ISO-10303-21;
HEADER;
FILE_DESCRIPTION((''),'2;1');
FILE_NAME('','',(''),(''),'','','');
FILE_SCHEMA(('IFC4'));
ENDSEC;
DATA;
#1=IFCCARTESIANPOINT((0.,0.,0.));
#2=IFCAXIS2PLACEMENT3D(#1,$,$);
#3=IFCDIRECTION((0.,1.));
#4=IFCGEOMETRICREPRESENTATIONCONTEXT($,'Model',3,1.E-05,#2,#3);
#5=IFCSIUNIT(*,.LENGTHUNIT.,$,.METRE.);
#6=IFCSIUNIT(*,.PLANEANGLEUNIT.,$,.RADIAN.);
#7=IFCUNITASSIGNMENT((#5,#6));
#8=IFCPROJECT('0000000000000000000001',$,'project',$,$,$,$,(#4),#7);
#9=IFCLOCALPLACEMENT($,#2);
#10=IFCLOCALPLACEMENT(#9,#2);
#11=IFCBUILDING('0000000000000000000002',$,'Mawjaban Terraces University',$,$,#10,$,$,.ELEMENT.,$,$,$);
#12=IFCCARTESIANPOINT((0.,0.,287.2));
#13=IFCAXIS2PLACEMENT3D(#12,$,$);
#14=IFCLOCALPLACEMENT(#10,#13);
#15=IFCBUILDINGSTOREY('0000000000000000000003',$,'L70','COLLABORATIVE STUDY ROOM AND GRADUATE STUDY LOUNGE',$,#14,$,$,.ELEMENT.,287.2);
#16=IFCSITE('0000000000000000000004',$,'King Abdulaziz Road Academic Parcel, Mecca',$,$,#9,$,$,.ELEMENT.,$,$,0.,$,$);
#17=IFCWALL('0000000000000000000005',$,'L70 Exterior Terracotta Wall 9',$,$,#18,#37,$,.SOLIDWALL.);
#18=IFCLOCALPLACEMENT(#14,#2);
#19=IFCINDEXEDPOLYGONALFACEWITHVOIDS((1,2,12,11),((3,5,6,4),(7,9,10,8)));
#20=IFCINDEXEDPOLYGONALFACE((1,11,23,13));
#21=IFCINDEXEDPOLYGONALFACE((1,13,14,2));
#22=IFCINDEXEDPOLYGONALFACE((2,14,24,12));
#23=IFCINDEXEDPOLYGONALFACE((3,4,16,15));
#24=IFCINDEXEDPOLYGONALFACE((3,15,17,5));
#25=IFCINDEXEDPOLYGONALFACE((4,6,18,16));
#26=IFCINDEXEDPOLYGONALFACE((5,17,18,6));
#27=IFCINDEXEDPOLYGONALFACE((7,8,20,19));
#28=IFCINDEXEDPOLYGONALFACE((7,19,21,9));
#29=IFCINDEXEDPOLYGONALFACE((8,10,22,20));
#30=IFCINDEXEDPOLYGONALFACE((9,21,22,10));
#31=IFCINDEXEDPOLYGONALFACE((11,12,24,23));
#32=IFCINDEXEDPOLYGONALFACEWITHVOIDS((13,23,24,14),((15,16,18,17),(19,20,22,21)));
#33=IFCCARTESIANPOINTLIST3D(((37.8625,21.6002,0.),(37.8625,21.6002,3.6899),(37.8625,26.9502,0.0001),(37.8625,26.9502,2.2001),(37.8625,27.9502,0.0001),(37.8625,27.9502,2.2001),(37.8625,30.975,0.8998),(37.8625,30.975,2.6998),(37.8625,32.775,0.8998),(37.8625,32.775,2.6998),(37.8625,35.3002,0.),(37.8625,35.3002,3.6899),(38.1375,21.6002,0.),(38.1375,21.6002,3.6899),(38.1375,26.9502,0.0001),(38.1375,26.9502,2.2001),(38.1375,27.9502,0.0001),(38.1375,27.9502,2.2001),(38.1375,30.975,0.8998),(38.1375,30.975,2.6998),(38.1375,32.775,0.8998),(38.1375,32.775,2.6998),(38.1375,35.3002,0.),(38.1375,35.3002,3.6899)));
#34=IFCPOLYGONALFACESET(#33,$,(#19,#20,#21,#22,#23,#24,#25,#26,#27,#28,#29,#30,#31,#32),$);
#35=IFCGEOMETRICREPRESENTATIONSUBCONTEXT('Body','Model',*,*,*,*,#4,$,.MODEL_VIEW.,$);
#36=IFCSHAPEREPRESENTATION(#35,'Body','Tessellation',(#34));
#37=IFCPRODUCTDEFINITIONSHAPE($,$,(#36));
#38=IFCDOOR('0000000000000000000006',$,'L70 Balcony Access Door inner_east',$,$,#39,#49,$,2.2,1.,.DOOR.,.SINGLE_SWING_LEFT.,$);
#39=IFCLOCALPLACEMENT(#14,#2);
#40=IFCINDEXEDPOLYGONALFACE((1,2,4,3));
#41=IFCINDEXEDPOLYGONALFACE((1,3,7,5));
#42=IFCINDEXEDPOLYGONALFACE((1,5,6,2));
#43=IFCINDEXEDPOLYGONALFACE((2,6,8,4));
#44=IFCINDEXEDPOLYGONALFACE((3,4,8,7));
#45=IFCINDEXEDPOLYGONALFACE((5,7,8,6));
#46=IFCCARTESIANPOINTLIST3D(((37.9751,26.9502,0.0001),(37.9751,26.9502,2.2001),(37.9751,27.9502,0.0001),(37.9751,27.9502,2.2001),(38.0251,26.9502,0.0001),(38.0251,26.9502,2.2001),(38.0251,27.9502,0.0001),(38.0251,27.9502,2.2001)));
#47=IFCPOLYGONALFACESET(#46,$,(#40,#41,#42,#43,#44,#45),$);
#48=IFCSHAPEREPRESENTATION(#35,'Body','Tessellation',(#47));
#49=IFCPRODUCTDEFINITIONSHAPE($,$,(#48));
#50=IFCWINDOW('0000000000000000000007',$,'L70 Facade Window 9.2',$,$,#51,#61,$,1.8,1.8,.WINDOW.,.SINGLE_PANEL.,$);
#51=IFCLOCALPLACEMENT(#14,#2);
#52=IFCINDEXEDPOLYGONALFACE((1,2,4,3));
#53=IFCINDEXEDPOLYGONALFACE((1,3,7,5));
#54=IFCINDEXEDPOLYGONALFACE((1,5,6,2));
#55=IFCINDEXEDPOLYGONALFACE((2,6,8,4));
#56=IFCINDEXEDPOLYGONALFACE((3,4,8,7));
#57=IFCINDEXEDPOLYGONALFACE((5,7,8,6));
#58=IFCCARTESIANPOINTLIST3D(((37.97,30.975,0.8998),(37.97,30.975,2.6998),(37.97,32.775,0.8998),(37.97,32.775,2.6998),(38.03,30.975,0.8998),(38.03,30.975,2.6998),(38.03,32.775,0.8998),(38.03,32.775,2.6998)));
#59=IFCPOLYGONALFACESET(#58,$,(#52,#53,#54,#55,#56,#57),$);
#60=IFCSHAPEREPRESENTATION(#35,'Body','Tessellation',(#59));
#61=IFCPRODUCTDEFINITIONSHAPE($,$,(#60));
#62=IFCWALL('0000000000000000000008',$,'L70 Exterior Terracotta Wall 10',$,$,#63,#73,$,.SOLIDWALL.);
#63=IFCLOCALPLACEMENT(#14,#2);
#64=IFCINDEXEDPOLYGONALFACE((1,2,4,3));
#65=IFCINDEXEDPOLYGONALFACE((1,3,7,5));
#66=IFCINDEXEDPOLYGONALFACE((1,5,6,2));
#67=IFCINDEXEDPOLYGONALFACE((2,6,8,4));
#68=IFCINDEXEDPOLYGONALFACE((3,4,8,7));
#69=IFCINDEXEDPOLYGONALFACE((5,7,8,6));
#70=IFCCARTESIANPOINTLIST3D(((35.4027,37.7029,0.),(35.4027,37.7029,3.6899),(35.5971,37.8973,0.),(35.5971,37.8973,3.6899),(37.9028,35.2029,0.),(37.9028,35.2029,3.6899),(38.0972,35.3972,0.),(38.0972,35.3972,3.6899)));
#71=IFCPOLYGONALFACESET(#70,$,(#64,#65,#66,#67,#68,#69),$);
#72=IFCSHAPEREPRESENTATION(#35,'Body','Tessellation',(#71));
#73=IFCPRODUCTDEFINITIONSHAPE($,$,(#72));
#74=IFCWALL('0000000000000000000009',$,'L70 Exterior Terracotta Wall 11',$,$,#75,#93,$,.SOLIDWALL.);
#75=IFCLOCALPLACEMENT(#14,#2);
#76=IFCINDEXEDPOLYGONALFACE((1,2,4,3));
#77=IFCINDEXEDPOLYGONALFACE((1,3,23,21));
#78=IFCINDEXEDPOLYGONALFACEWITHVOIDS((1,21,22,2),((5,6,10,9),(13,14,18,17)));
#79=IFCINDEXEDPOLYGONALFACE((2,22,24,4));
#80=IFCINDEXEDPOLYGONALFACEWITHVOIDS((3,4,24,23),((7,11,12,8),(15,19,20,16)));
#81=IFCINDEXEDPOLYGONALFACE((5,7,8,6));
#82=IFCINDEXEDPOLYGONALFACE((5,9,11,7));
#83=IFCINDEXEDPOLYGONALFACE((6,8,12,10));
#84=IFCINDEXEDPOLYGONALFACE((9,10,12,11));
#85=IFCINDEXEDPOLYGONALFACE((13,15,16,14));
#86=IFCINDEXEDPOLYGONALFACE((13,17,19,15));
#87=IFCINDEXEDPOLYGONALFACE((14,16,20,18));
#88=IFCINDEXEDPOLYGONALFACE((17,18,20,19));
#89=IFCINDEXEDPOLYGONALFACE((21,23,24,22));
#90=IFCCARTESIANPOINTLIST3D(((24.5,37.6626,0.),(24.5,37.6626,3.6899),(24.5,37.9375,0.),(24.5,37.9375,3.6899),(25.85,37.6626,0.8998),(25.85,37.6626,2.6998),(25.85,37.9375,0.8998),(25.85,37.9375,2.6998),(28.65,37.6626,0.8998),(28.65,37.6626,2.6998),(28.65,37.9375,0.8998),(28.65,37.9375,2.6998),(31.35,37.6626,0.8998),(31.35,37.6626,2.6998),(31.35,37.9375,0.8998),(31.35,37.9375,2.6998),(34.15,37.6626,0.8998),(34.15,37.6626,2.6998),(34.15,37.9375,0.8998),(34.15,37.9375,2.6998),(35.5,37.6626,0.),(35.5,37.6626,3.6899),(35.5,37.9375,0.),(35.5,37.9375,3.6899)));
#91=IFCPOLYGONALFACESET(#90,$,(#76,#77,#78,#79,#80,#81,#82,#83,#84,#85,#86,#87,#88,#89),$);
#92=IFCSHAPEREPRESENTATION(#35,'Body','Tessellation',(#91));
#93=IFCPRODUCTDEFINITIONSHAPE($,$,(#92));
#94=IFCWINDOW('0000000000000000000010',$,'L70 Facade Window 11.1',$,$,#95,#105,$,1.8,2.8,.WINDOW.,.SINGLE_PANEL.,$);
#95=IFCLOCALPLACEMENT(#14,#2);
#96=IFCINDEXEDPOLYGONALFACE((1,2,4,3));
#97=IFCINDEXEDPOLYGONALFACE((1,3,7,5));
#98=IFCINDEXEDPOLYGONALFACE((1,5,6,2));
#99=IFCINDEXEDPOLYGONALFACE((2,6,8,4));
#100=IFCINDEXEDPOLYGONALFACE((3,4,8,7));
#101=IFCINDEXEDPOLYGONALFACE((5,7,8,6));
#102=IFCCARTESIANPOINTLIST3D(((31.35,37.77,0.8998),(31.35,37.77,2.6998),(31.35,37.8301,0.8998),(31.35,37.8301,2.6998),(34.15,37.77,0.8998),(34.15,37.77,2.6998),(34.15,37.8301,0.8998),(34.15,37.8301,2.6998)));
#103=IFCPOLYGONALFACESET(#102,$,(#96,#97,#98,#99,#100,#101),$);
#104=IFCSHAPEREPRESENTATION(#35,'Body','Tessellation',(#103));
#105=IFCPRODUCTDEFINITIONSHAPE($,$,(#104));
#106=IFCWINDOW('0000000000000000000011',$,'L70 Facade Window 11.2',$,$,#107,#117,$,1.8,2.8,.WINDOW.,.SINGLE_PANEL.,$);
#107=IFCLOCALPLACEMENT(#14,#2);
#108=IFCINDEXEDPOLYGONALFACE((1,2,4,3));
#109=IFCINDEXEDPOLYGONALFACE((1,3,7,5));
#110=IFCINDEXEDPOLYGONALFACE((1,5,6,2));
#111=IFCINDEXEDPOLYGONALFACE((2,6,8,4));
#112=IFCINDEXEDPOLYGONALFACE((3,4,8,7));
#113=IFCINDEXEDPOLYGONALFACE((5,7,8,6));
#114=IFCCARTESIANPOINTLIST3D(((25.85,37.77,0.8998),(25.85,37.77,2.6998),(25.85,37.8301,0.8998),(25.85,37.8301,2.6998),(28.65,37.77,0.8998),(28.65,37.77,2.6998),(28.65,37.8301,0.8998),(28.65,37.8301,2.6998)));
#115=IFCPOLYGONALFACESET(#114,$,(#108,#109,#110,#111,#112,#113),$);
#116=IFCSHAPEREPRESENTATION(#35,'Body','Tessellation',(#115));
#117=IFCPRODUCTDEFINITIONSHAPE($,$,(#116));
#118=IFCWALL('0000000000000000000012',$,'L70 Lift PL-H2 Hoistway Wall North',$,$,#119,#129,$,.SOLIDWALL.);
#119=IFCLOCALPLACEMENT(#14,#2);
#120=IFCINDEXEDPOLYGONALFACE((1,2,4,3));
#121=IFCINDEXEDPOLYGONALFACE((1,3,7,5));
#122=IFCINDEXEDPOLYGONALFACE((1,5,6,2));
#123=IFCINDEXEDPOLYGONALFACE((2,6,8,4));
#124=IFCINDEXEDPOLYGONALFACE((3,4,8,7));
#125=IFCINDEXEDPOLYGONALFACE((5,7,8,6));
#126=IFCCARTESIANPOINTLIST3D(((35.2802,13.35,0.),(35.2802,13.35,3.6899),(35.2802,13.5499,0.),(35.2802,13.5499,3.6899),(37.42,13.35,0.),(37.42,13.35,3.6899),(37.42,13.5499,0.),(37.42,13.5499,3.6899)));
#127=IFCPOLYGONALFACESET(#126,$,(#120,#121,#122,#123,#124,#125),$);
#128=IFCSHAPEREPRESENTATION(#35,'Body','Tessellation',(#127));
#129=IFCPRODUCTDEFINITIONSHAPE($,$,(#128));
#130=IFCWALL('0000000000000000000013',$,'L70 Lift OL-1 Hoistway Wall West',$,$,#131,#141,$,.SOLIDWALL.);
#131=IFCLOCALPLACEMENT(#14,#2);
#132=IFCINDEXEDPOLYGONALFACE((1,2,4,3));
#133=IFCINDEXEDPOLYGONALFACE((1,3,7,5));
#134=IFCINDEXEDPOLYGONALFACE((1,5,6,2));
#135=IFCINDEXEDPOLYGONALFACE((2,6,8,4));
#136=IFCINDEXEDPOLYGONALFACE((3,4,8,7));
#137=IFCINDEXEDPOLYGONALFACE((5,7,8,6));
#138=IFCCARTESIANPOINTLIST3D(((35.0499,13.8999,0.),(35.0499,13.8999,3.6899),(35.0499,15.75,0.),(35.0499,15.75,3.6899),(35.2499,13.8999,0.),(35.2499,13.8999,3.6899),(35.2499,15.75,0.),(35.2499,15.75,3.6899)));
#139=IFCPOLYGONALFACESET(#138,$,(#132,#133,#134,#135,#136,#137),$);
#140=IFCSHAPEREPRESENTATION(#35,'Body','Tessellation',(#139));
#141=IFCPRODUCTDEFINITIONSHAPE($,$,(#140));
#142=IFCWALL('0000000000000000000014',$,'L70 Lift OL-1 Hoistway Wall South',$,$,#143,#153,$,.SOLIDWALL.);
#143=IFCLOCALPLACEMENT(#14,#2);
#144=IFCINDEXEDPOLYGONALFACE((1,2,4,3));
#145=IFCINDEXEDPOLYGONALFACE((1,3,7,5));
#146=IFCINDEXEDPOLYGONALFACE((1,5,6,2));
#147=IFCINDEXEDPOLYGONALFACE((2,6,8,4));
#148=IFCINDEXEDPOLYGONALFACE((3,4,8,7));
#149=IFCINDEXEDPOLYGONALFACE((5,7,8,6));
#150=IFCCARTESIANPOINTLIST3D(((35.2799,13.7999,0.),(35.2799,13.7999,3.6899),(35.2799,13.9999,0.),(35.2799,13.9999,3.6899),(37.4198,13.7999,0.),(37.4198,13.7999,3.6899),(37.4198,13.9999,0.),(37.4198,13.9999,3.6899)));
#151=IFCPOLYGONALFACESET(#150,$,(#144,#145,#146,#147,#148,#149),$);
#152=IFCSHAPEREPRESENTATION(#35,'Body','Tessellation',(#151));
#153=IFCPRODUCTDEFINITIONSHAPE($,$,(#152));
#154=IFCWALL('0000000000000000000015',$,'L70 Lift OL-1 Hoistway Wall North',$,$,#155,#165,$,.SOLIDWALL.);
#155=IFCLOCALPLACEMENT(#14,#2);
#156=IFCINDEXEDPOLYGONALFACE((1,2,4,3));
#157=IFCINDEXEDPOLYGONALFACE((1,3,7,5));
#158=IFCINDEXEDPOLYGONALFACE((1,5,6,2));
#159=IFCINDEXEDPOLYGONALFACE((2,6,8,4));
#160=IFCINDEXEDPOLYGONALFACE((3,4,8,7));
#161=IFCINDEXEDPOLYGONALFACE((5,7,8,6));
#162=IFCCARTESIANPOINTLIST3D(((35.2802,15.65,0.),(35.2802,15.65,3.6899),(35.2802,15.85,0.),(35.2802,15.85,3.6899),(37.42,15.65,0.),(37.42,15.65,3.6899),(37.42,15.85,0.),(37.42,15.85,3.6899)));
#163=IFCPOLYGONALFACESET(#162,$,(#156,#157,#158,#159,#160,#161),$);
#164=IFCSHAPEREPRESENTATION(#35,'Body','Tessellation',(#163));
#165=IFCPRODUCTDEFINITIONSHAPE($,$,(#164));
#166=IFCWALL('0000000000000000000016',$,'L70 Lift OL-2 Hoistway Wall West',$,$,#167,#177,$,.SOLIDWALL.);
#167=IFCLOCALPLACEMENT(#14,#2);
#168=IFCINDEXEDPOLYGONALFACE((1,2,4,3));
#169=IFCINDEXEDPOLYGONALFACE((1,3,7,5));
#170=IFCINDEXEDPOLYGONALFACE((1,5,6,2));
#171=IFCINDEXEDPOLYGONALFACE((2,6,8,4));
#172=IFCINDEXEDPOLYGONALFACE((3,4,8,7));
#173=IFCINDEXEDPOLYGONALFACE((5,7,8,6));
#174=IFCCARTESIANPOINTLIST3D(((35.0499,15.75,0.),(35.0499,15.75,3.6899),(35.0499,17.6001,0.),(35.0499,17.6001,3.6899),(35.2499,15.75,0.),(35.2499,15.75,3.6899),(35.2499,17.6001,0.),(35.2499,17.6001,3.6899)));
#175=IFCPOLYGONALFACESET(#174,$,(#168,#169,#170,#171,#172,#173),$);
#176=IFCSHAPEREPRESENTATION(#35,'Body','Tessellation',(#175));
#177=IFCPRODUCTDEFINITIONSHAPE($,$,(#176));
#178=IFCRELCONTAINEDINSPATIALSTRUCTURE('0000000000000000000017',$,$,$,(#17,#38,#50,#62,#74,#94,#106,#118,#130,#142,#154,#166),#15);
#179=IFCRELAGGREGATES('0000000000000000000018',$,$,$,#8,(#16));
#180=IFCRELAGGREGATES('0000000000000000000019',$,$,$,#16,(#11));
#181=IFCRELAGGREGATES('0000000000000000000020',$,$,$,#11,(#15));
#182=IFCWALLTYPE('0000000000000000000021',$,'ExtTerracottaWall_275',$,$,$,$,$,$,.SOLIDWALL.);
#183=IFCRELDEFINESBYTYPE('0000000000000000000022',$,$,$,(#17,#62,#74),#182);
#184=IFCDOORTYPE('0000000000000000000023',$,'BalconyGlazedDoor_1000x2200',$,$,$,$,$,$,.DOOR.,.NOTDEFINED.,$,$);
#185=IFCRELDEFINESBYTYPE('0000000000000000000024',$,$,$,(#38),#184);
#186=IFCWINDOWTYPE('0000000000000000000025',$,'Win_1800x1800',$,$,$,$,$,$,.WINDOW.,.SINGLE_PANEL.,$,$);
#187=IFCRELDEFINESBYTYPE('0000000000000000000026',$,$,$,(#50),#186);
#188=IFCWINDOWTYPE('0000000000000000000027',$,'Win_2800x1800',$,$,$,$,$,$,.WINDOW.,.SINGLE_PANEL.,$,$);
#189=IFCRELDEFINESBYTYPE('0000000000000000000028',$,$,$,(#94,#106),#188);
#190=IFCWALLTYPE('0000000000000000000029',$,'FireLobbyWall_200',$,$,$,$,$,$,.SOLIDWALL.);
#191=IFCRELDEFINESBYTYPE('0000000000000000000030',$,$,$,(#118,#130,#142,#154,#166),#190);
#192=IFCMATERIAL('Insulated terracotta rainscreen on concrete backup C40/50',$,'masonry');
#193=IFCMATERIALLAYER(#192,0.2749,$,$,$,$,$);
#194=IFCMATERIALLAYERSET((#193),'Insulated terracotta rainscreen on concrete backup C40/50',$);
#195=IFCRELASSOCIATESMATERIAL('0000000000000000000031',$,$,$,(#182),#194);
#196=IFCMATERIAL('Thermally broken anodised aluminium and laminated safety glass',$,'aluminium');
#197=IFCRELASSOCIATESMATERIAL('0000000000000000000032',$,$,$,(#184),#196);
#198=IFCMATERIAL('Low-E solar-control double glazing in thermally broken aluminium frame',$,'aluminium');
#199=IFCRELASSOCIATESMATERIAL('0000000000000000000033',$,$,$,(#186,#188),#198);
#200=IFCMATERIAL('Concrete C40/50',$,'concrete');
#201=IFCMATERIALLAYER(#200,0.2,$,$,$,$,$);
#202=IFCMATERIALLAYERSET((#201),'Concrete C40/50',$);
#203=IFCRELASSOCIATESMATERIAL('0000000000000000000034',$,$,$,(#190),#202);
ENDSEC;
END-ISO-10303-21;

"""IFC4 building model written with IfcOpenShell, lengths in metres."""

from ifc_helpers import new_model, si_unit, direction, frame, frame_2d, origin, place, context, subcontext, project, spatial, rectangle, extrude, material, layer, layer_set, type_object, element, fill, save


model = new_model("IFC4")

# Units and contexts
model_context = context("Model", 3, precision=1e-05, world=origin(), true_north=direction((0.0, 1.0)))
body_context = subcontext(model_context, "Body", "Model", "MODEL_VIEW")
ifc_project = project(units=[si_unit("LENGTHUNIT", "METRE"), si_unit("PLANEANGLEUNIT", "RADIAN")], contexts=[model_context])

# Site, building, storey
site_placement = place(None, origin())
site = spatial("IfcSite", under=ifc_project, at=site_placement, Name="King Abdulaziz Road Academic Parcel, Mecca", CompositionType="ELEMENT", RefElevation=0.0)
building_placement = place(site_placement, origin())
building = spatial("IfcBuilding", under=site, at=building_placement, Name="Mawjaban Terraces University", CompositionType="ELEMENT")
storey_placement = place(building_placement, frame((0.0, 0.0, 287.2)))
storey = spatial("IfcBuildingStorey", under=building, at=storey_placement, Name="L70", Description="COLLABORATIVE STUDY ROOM AND GRADUATE STUDY LOUNGE", CompositionType="ELEMENT", Elevation=287.2)

# Wall, openings, door, window
ifc_material_1 = material(Name="Insulated terracotta rainscreen on concrete backup C40/50", Category="masonry")
ifc_layer_1 = layer(ifc_material_1, 0.2749)
ifc_layer_set_1 = layer_set([ifc_layer_1], Name="Insulated terracotta rainscreen on concrete backup C40/50")
wall_type_1 = type_object("IfcWallType", Name="ExtTerracottaWall_275", PredefinedType="SOLIDWALL", material=ifc_layer_set_1)
wall_1_placement = place(storey_placement, frame((38.0, 21.6001, 0.0), z_axis=(0.0, 0.0, 1.0), x_axis=(0.0, 1.0, 0.0)))
wall_1 = element("IfcWall", 1, at=wall_1_placement, inside=storey, type_object=wall_type_1, Name="L70 Exterior Terracotta Wall 9", PredefinedType="SOLIDWALL", context=body_context, shape_type="SweptSolid", body=[
    extrude(rectangle(XDim=13.7, YDim=0.2749, at=frame_2d((6.8501, 0.0))), origin(), (0.0, 0.0, 1.0), 3.6899),
])
opening_1_placement = place(wall_1_placement, frame((5.3501, 0.0, 0.0)))
opening_1 = element("IfcOpeningElement", 2, at=opening_1_placement, cuts=wall_1, PredefinedType="OPENING", context=body_context, shape_type="SweptSolid", body=[
    extrude(rectangle(XDim=1.0, YDim=2.2, at=frame_2d((0.5, 1.1001))), frame((0.0, 0.1475, 0.0), z_axis=(0.0, -1.0, 0.0), x_axis=(1.0, 0.0, 0.0)), (0.0, 0.0, 1.0), 0.2949),
])
opening_2_placement = place(wall_1_placement, frame((9.375, 0.0, 0.8999)))
opening_2 = element("IfcOpeningElement", 3, at=opening_2_placement, cuts=wall_1, PredefinedType="OPENING", context=body_context, shape_type="SweptSolid", body=[
    extrude(rectangle(XDim=1.8, YDim=1.8, at=frame_2d((0.8999, 0.8999))), frame((0.0, 0.1475, 0.0), z_axis=(0.0, -1.0, 0.0), x_axis=(1.0, 0.0, 0.0)), (0.0, 0.0, 1.0), 0.2949),
])
ifc_material_2 = material(Name="Thermally broken anodised aluminium and laminated safety glass", Category="aluminium")
door_type_1 = type_object("IfcDoorType", Name="BalconyGlazedDoor_1000x2200", OperationType="NOTDEFINED", PredefinedType="DOOR", material=ifc_material_2)
door_1_placement = place(opening_1_placement, origin())
door_1 = element("IfcDoor", 4, at=door_1_placement, inside=storey, type_object=door_type_1, Name="L70 Balcony Access Door inner_east", OperationType="SINGLE_SWING_LEFT", OverallHeight=2.2, OverallWidth=1.0, PredefinedType="DOOR", context=body_context, shape_type="SweptSolid", body=[
    extrude(rectangle(XDim=1.0, YDim=2.2, at=frame_2d((0.5, 1.1001))), frame((0.0, 0.0249, 0.0), z_axis=(0.0, -1.0, 0.0), x_axis=(1.0, 0.0, 0.0)), (0.0, 0.0, 1.0), 0.05),
])
fill(opening_1, door_1)
ifc_material_3 = material(Name="Low-E solar-control double glazing in thermally broken aluminium frame", Category="aluminium")
window_type_1 = type_object("IfcWindowType", Name="Win_1800x1800", PartitioningType="SINGLE_PANEL", PredefinedType="WINDOW", material=ifc_material_3)
window_1_placement = place(opening_2_placement, origin())
window_1 = element("IfcWindow", 5, at=window_1_placement, inside=storey, type_object=window_type_1, Name="L70 Facade Window 9.2", OverallHeight=1.8, OverallWidth=1.8, PartitioningType="SINGLE_PANEL", PredefinedType="WINDOW", context=body_context, shape_type="SweptSolid", body=[
    extrude(rectangle(XDim=1.8, YDim=1.8, at=frame_2d((0.8999, 0.8999))), frame((0.0, 0.03, 0.0), z_axis=(0.0, -1.0, 0.0), x_axis=(1.0, 0.0, 0.0)), (0.0, 0.0, 1.0), 0.0601),
])
fill(opening_2, window_1)

# Wall
wall_2_placement = place(storey_placement, frame((38.0, 35.3, 0.0), z_axis=(0.0, 0.0, 1.0), x_axis=(-0.707107, 0.707107, 0.0)))
element("IfcWall", 6, at=wall_2_placement, inside=storey, type_object=wall_type_1, Name="L70 Exterior Terracotta Wall 10", PredefinedType="SOLIDWALL", context=body_context, shape_type="SweptSolid", body=[
    extrude(rectangle(XDim=3.5356, YDim=0.2749, at=frame_2d((1.7678, 0.0))), origin(), (0.0, 0.0, 1.0), 3.6899),
])

# Wall, openings, windows
wall_3_placement = place(storey_placement, frame((35.5, 37.8, 0.0), z_axis=(0.0, 0.0, 1.0), x_axis=(-1.0, 0.0, 0.0)))
wall_3 = element("IfcWall", 7, at=wall_3_placement, inside=storey, type_object=wall_type_1, Name="L70 Exterior Terracotta Wall 11", PredefinedType="SOLIDWALL", context=body_context, shape_type="SweptSolid", body=[
    extrude(rectangle(XDim=11.0, YDim=0.2749, at=frame_2d((5.5, 0.0))), origin(), (0.0, 0.0, 1.0), 3.6899),
])
opening_3_placement = place(wall_3_placement, frame((1.3501, 0.0, 0.8999)))
opening_3 = element("IfcOpeningElement", 8, at=opening_3_placement, cuts=wall_3, PredefinedType="OPENING", context=body_context, shape_type="SweptSolid", body=[
    extrude(rectangle(XDim=2.8, YDim=1.8, at=frame_2d((1.3999, 0.8999))), frame((0.0, 0.1475, 0.0), z_axis=(0.0, -1.0, 0.0), x_axis=(1.0, 0.0, 0.0)), (0.0, 0.0, 1.0), 0.2949),
])
opening_4_placement = place(wall_3_placement, frame((6.8501, 0.0, 0.8999)))
opening_4 = element("IfcOpeningElement", 9, at=opening_4_placement, cuts=wall_3, PredefinedType="OPENING", context=body_context, shape_type="SweptSolid", body=[
    extrude(rectangle(XDim=2.8, YDim=1.8, at=frame_2d((1.3999, 0.8999))), frame((0.0, 0.1475, 0.0), z_axis=(0.0, -1.0, 0.0), x_axis=(1.0, 0.0, 0.0)), (0.0, 0.0, 1.0), 0.2949),
])
window_type_2 = type_object("IfcWindowType", Name="Win_2800x1800", PartitioningType="SINGLE_PANEL", PredefinedType="WINDOW", material=ifc_material_3)
window_2_placement = place(opening_3_placement, origin())
window_2 = element("IfcWindow", 10, at=window_2_placement, inside=storey, type_object=window_type_2, Name="L70 Facade Window 11.1", OverallHeight=1.8, OverallWidth=2.8, PartitioningType="SINGLE_PANEL", PredefinedType="WINDOW", context=body_context, shape_type="SweptSolid", body=[
    extrude(rectangle(XDim=2.8, YDim=1.8, at=frame_2d((1.3999, 0.8999))), frame((0.0, 0.03, 0.0), z_axis=(0.0, -1.0, 0.0), x_axis=(1.0, 0.0, 0.0)), (0.0, 0.0, 1.0), 0.0601),
])
fill(opening_3, window_2)
window_3_placement = place(opening_4_placement, origin())
window_3 = element("IfcWindow", 11, at=window_3_placement, inside=storey, type_object=window_type_2, Name="L70 Facade Window 11.2", OverallHeight=1.8, OverallWidth=2.8, PartitioningType="SINGLE_PANEL", PredefinedType="WINDOW", context=body_context, shape_type="SweptSolid", body=[
    extrude(rectangle(XDim=2.8, YDim=1.8, at=frame_2d((1.3999, 0.8999))), frame((0.0, 0.03, 0.0), z_axis=(0.0, -1.0, 0.0), x_axis=(1.0, 0.0, 0.0)), (0.0, 0.0, 1.0), 0.0601),
])
fill(opening_4, window_3)

# Walls
ifc_material_4 = material(Name="Concrete C40/50", Category="concrete")
ifc_layer_2 = layer(ifc_material_4, 0.2)
ifc_layer_set_2 = layer_set([ifc_layer_2], Name="Concrete C40/50")
wall_type_2 = type_object("IfcWallType", Name="FireLobbyWall_200", PredefinedType="SOLIDWALL", material=ifc_layer_set_2)
wall_4_placement = place(storey_placement, frame((37.4199, 13.45, 0.0), z_axis=(0.0, 0.0, 1.0), x_axis=(-1.0, 0.0, 0.0)))
element("IfcWall", 12, at=wall_4_placement, inside=storey, type_object=wall_type_2, Name="L70 Lift PL-H2 Hoistway Wall North", PredefinedType="SOLIDWALL", context=body_context, shape_type="SweptSolid", body=[
    extrude(rectangle(XDim=2.1399, YDim=0.2, at=frame_2d((1.0698, 0.0))), origin(), (0.0, 0.0, 1.0), 3.6899),
])
wall_5_placement = place(storey_placement, frame((35.1499, 15.75, 0.0), z_axis=(0.0, 0.0, 1.0), x_axis=(0.0, -1.0, 0.0)))
element("IfcWall", 13, at=wall_5_placement, inside=storey, type_object=wall_type_2, Name="L70 Lift OL-1 Hoistway Wall West", PredefinedType="SOLIDWALL", context=body_context, shape_type="SweptSolid", body=[
    extrude(rectangle(XDim=1.8501, YDim=0.2, at=frame_2d((0.925, 0.0))), origin(), (0.0, 0.0, 1.0), 3.6899),
])
for number, where, z_axis, x_axis, name in (
    (14, (35.28, 13.8999, 0.0), (0.0, 0.0, 1.0), (1.0, 0.0, 0.0), "L70 Lift OL-1 Hoistway Wall South"),
    (15, (37.4199, 15.75, 0.0), (0.0, 0.0, 1.0), (-1.0, 0.0, 0.0), "L70 Lift OL-1 Hoistway Wall North"),
):
    element("IfcWall", number, at=place(storey_placement, frame(where, z_axis=z_axis, x_axis=x_axis)), inside=storey, type_object=wall_type_2, Name=name, PredefinedType="SOLIDWALL", context=body_context, shape_type="SweptSolid", body=[
        extrude(rectangle(XDim=2.1399, YDim=0.2, at=frame_2d((1.0698, 0.0))), origin(), (0.0, 0.0, 1.0), 3.6899),
    ])
wall_6_placement = place(storey_placement, frame((35.1499, 17.6001, 0.0), z_axis=(0.0, 0.0, 1.0), x_axis=(0.0, -1.0, 0.0)))
element("IfcWall", 16, at=wall_6_placement, inside=storey, type_object=wall_type_2, Name="L70 Lift OL-2 Hoistway Wall West", PredefinedType="SOLIDWALL", context=body_context, shape_type="SweptSolid", body=[
    extrude(rectangle(XDim=1.8501, YDim=0.2, at=frame_2d((0.925, 0.0))), origin(), (0.0, 0.0, 1.0), 3.6899),
])

save(model, "model.ifc")
